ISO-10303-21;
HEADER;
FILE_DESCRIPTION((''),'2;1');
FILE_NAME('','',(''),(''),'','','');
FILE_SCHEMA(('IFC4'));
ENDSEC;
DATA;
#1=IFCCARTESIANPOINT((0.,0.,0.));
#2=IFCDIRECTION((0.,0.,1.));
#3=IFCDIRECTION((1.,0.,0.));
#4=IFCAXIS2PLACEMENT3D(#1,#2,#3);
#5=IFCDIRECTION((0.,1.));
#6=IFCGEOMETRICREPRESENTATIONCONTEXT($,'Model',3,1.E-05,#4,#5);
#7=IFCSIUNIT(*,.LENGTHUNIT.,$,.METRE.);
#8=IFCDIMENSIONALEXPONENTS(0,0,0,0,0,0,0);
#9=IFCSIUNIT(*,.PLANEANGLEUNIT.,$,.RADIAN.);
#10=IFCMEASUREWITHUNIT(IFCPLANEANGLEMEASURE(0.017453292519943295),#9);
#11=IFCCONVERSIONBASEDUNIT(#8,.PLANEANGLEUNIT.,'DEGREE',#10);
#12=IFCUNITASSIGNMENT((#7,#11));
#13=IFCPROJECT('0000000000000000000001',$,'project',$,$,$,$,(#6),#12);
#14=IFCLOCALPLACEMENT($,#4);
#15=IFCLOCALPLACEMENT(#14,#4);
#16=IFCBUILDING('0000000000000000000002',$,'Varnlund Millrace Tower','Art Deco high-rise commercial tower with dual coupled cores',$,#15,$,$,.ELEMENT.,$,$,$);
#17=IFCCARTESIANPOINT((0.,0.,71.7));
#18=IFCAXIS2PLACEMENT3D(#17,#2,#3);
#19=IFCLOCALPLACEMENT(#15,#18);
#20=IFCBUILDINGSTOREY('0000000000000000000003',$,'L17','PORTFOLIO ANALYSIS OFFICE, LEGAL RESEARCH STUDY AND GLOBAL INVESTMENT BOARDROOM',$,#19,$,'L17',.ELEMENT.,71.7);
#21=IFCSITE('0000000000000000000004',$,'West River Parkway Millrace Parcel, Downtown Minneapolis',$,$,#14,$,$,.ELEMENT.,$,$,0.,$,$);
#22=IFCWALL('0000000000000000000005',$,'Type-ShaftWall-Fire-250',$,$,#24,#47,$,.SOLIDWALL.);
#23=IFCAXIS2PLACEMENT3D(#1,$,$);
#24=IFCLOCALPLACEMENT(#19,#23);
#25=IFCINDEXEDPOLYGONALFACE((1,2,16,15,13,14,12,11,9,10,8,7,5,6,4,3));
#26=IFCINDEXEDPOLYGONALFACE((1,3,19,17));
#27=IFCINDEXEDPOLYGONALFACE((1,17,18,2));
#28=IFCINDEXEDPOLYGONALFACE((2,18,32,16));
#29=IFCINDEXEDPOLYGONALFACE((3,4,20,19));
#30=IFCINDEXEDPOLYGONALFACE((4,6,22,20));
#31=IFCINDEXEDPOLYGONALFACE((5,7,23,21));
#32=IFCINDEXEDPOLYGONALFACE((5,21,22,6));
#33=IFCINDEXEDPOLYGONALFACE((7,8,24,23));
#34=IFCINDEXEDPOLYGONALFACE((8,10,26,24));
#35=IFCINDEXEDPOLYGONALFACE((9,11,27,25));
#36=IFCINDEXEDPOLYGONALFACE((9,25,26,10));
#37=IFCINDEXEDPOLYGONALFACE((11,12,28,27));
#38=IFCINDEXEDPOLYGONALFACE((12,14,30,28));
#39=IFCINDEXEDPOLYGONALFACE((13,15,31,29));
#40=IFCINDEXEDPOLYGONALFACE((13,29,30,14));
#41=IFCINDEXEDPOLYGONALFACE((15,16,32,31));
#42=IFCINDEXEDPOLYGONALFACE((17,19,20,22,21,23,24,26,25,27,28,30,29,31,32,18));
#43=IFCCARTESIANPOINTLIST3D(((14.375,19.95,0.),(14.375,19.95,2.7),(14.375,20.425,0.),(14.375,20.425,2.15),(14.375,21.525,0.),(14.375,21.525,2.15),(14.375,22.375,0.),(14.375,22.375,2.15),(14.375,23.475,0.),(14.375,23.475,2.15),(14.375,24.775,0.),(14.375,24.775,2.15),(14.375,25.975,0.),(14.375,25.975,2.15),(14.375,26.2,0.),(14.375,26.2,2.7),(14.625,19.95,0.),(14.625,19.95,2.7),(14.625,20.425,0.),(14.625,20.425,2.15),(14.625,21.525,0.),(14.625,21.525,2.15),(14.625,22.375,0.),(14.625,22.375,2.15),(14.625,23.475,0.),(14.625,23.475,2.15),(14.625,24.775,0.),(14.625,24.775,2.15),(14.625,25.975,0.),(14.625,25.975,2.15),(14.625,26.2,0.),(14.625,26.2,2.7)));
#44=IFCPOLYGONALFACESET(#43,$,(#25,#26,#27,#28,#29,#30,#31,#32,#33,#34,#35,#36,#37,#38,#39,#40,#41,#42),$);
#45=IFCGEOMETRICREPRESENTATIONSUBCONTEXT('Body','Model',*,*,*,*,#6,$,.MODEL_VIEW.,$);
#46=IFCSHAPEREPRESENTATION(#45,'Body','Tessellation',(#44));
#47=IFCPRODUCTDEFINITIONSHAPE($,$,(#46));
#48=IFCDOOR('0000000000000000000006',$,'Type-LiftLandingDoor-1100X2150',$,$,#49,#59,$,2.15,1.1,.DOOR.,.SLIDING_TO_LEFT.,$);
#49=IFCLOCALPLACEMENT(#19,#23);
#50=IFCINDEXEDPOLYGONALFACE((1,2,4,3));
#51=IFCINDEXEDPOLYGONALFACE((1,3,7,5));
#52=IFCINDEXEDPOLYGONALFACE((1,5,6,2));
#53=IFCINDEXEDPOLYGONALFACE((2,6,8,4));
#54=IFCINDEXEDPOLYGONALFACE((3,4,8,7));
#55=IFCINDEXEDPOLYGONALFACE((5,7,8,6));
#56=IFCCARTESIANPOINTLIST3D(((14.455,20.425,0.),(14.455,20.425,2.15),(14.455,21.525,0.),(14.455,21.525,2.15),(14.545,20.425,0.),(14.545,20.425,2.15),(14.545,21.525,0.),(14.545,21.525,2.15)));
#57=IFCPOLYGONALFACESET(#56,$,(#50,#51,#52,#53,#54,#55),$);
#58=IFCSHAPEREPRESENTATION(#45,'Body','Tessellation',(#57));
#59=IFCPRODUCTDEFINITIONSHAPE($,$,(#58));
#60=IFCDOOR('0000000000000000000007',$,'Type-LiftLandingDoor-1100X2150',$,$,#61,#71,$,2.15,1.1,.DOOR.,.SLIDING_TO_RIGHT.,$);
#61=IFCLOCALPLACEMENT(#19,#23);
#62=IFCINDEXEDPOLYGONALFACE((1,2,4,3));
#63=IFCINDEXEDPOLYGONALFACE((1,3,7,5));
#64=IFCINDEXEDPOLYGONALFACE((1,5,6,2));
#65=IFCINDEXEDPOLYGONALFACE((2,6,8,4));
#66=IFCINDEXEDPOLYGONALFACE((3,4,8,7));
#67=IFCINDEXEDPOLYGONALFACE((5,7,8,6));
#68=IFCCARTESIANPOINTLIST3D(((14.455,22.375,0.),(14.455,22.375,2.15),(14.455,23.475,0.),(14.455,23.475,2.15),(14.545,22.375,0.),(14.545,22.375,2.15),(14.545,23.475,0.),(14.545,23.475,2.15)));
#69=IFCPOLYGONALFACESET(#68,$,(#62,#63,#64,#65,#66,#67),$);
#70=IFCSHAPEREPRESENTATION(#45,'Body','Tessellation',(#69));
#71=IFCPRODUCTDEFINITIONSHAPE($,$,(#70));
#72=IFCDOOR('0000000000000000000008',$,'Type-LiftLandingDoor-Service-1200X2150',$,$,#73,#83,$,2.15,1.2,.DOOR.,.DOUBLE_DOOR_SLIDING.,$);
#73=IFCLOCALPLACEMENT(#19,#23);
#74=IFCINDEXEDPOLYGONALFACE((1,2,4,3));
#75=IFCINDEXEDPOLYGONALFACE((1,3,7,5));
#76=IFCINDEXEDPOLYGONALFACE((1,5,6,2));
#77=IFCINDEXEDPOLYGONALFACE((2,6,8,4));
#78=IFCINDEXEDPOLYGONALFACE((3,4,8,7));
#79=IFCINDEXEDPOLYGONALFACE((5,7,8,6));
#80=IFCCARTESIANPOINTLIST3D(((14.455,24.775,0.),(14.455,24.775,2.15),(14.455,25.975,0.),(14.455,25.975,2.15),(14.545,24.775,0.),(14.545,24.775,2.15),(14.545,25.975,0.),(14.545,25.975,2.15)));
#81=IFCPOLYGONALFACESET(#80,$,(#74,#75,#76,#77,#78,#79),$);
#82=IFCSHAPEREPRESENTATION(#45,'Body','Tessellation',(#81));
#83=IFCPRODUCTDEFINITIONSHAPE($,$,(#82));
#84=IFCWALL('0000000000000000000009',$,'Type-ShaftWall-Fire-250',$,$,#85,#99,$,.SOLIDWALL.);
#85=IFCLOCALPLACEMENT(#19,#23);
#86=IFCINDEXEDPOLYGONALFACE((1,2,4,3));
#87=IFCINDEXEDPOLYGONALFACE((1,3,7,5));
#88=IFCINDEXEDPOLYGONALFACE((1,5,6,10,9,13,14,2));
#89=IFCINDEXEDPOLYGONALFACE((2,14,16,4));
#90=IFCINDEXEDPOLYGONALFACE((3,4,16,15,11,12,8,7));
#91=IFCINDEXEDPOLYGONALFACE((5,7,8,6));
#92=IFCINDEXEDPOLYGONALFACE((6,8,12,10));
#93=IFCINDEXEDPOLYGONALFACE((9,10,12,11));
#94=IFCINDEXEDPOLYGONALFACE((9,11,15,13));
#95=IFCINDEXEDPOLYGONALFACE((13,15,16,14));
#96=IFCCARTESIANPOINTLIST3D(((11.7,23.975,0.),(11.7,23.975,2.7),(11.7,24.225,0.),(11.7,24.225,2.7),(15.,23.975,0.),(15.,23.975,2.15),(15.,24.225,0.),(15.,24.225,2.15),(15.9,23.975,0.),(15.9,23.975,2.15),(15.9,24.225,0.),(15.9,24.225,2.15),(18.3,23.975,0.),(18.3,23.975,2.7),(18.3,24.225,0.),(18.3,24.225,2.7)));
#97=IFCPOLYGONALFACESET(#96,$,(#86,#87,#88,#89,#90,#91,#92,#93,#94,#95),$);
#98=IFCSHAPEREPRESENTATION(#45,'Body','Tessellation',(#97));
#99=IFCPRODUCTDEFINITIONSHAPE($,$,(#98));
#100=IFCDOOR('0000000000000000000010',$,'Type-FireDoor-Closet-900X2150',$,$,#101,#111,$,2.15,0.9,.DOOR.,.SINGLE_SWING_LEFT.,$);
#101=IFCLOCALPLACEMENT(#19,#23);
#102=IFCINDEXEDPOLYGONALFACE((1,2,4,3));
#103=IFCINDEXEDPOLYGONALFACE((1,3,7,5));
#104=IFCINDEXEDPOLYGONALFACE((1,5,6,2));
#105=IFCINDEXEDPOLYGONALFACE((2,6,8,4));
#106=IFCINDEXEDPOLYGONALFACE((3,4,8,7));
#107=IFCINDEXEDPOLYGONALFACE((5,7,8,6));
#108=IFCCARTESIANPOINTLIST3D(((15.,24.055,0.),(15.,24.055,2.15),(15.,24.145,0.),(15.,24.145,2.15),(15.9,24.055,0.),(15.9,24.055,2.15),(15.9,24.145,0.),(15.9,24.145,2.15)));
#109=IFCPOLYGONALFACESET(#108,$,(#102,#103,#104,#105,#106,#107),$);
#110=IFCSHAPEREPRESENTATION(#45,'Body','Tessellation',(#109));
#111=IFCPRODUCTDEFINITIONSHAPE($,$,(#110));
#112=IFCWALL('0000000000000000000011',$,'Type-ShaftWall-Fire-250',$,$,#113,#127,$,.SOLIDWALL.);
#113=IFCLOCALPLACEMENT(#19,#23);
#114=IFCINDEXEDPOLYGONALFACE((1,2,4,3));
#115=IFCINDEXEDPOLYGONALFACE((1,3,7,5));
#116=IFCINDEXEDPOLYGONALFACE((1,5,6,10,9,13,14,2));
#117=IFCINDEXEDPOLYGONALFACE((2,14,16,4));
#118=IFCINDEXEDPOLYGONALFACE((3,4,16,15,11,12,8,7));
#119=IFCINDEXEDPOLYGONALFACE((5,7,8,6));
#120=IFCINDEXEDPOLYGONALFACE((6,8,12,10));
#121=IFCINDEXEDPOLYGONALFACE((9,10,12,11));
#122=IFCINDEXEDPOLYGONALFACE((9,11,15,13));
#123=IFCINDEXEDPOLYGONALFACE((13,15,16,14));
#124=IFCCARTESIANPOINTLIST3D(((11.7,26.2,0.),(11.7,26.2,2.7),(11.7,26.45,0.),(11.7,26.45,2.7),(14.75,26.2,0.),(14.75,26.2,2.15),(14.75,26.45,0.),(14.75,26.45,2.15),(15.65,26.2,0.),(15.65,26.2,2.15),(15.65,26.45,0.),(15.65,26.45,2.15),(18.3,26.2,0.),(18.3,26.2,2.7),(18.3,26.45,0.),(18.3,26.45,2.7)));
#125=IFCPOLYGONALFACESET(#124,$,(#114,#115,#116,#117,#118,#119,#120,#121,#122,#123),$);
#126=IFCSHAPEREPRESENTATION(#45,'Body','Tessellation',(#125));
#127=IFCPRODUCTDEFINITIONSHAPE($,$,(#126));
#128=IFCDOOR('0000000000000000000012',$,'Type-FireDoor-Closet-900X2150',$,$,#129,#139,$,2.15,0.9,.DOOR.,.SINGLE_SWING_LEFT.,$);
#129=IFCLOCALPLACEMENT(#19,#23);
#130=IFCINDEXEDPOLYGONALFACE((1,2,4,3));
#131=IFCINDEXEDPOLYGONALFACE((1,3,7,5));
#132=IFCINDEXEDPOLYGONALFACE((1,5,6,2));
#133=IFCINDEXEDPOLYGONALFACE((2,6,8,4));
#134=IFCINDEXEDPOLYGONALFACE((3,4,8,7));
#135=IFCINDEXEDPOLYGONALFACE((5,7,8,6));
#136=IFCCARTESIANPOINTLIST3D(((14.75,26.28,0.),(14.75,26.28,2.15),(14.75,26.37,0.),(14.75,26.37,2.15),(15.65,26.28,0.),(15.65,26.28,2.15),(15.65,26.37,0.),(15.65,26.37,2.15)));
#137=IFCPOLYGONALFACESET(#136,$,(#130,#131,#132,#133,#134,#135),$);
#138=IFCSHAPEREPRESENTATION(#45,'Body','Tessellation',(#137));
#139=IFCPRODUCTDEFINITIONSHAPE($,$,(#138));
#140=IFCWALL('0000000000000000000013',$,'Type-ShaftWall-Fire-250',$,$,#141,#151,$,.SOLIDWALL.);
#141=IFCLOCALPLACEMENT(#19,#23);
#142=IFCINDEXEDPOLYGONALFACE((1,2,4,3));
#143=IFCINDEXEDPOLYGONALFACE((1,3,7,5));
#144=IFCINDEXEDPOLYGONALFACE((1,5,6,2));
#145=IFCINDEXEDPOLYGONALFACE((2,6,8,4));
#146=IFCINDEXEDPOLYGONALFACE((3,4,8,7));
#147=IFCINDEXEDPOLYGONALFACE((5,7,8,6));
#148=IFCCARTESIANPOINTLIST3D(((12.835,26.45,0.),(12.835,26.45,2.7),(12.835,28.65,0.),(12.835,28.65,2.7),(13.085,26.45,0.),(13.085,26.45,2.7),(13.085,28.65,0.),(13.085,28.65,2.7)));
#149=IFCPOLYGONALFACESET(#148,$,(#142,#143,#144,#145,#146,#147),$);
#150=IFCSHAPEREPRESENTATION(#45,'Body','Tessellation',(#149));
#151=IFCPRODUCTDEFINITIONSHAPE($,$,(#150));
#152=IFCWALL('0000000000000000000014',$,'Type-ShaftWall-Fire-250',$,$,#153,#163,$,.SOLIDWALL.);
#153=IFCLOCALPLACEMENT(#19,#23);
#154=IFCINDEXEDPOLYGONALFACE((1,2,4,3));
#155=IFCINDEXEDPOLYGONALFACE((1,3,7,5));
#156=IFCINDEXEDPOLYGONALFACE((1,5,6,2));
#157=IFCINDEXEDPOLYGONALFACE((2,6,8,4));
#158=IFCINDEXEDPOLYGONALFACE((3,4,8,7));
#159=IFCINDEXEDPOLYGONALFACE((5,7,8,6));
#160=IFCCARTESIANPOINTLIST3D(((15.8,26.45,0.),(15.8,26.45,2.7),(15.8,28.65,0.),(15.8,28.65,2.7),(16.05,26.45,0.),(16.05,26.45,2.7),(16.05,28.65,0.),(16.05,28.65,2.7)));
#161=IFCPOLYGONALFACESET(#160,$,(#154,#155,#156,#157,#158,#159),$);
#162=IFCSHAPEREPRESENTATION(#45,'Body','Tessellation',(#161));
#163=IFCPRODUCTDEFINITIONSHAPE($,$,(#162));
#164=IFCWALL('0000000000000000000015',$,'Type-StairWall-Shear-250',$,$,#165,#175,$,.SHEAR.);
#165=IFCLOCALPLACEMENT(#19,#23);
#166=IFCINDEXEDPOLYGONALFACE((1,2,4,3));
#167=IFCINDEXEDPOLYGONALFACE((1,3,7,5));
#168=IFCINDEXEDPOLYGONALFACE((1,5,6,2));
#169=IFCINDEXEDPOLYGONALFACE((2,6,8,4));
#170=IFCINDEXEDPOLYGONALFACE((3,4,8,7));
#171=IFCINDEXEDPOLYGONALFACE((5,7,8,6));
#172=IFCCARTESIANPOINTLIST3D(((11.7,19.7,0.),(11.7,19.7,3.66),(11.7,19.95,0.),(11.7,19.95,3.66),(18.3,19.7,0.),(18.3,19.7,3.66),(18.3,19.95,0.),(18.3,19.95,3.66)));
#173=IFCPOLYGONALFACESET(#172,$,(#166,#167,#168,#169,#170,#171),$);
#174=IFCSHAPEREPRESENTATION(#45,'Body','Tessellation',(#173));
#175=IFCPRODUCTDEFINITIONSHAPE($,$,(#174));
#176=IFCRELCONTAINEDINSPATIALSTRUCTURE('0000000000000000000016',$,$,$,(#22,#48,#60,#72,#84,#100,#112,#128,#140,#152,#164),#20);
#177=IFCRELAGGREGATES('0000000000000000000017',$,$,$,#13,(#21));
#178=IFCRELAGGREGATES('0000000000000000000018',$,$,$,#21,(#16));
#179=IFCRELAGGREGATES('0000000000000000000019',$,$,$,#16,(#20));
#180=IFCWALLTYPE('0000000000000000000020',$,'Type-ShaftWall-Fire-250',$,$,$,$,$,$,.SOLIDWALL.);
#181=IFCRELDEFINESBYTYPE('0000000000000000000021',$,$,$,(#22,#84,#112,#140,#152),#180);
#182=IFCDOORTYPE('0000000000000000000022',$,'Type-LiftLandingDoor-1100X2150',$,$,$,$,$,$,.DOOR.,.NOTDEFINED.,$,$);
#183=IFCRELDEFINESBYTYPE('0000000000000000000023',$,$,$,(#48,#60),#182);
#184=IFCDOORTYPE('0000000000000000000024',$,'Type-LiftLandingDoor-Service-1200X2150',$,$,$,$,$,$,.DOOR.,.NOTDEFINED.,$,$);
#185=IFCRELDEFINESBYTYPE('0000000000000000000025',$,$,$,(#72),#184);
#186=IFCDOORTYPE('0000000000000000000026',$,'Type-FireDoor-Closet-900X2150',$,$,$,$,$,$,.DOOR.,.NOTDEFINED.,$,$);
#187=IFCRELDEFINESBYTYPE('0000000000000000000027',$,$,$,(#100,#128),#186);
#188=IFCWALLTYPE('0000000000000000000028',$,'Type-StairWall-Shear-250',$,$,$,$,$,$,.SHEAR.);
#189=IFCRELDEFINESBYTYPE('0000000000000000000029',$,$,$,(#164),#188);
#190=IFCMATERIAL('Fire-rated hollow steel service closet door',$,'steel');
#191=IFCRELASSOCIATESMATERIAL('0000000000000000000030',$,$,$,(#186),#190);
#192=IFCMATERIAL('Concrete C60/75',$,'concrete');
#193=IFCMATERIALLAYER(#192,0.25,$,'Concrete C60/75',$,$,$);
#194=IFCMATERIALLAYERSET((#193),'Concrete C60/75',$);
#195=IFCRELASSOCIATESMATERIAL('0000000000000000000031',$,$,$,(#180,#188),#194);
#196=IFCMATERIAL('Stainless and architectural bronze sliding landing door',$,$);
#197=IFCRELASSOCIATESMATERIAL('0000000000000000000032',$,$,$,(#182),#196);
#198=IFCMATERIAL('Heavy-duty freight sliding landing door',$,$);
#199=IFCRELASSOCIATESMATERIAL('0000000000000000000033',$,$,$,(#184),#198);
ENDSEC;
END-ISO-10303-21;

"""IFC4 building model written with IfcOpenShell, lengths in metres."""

from ifc_helpers import new_model, entity, si_unit, converted_unit, direction, frame, origin_with_axes, origin_2d_with_axis, place, context, subcontext, project, spatial, polyline, rectangle, outline, extrude, material, layer, layer_set, type_object, element, fill, save


model = new_model("IFC4")

# Units and contexts
model_context = context("Model", 3, precision=1e-05, world=origin_with_axes(), true_north=direction((0.0, 1.0)))
body_context = subcontext(model_context, "Body", "Model", "MODEL_VIEW")
ifc_project = project(units=[si_unit("LENGTHUNIT", "METRE"), converted_unit("PLANEANGLEUNIT", "DEGREE", entity("IfcPlaneAngleMeasure", 0.017453292519943295), si_unit("PLANEANGLEUNIT", "RADIAN"), dimensions=[0, 0, 0, 0, 0, 0, 0])], contexts=[model_context])

# Site, building, storey
site_placement = place(None, origin_with_axes())
site = spatial("IfcSite", under=ifc_project, at=site_placement, Name="West River Parkway Millrace Parcel, Downtown Minneapolis", CompositionType="ELEMENT", RefElevation=0.0)
building_placement = place(site_placement, origin_with_axes())
building = spatial("IfcBuilding", under=site, at=building_placement, Name="Varnlund Millrace Tower", Description="Art Deco high-rise commercial tower with dual coupled cores", CompositionType="ELEMENT")
storey_placement = place(building_placement, frame((0.0, 0.0, 71.7), z_axis=(0.0, 0.0, 1.0), x_axis=(1.0, 0.0, 0.0)))
storey = spatial("IfcBuildingStorey", under=building, at=storey_placement, Name="L17", Description="PORTFOLIO ANALYSIS OFFICE, LEGAL RESEARCH STUDY AND GLOBAL INVESTMENT BOARDROOM", LongName="L17", CompositionType="ELEMENT", Elevation=71.7)

# Wall, openings, doors
ifc_material_1 = material(Name="Fire-rated hollow steel service closet door", Category="steel")
door_type_1 = type_object("IfcDoorType", Name="Type-FireDoor-Closet-900X2150", OperationType="NOTDEFINED", PredefinedType="DOOR", material=ifc_material_1)
ifc_material_2 = material(Name="Concrete C60/75", Category="concrete")
ifc_layer_1 = layer(ifc_material_2, 0.25, Name="Concrete C60/75")
ifc_layer_set_1 = layer_set([ifc_layer_1], Name="Concrete C60/75")
wall_type_1 = type_object("IfcWallType", Name="Type-ShaftWall-Fire-250", PredefinedType="SOLIDWALL", material=ifc_layer_set_1)
wall_1_placement = place(storey_placement, frame((14.5, 19.95, 0.0), z_axis=(0.0, 0.0, 1.0), x_axis=(0.0, 1.0, 0.0)))
wall_1 = element("IfcWall", 1, at=wall_1_placement, inside=storey, type_object=wall_type_1, Name="Type-ShaftWall-Fire-250", PredefinedType="SOLIDWALL", context=body_context, shape_type="SweptSolid", body=[
    extrude(outline(polyline([(0.0, -0.125), (6.25, -0.125), (6.25, 0.125), (0.0, 0.125), (0.0, -0.125)])), origin_with_axes(), (0.0, 0.0, 1.0), 2.7),
])
opening_1_placement = place(wall_1_placement, frame((1.025, 0.0, 0.0), z_axis=(0.0, 0.0, 1.0), x_axis=(1.0, 0.0, 0.0)))
opening_1 = element("IfcOpeningElement", 2, at=opening_1_placement, cuts=wall_1, PredefinedType="OPENING", context=body_context, shape_type="SweptSolid", body=[
    extrude(rectangle(XDim=1.1, YDim=0.27, at=origin_2d_with_axis()), origin_with_axes(), (0.0, 0.0, 1.0), 2.15),
])
opening_2_placement = place(wall_1_placement, frame((2.975, 0.0, 0.0), z_axis=(0.0, 0.0, 1.0), x_axis=(1.0, 0.0, 0.0)))
opening_2 = element("IfcOpeningElement", 3, at=opening_2_placement, cuts=wall_1, PredefinedType="OPENING", context=body_context, shape_type="SweptSolid", body=[
    extrude(rectangle(XDim=1.1, YDim=0.27, at=origin_2d_with_axis()), origin_with_axes(), (0.0, 0.0, 1.0), 2.15),
])
opening_3_placement = place(wall_1_placement, frame((5.425, 0.0, 0.0), z_axis=(0.0, 0.0, 1.0), x_axis=(1.0, 0.0, 0.0)))
opening_3 = element("IfcOpeningElement", 4, at=opening_3_placement, cuts=wall_1, PredefinedType="OPENING", context=body_context, shape_type="SweptSolid", body=[
    extrude(rectangle(XDim=1.2, YDim=0.27, at=origin_2d_with_axis()), origin_with_axes(), (0.0, 0.0, 1.0), 2.15),
])
ifc_material_3 = material(Name="Stainless and architectural bronze sliding landing door")
door_type_2 = type_object("IfcDoorType", Name="Type-LiftLandingDoor-1100X2150", OperationType="NOTDEFINED", PredefinedType="DOOR", material=ifc_material_3)
door_1_placement = place(wall_1_placement, frame((1.025, 0.0, 0.0), z_axis=(0.0, 0.0, 1.0), x_axis=(1.0, 0.0, 0.0)))
door_1 = element("IfcDoor", 5, at=door_1_placement, inside=storey, type_object=door_type_2, Name="Type-LiftLandingDoor-1100X2150", OperationType="SLIDING_TO_LEFT", OverallHeight=2.15, OverallWidth=1.1, PredefinedType="DOOR", context=body_context, shape_type="SweptSolid", body=[
    extrude(rectangle(XDim=1.1, YDim=0.09, at=origin_2d_with_axis()), origin_with_axes(), (0.0, 0.0, 1.0), 2.15),
])
fill(opening_1, door_1)
door_2_placement = place(wall_1_placement, frame((2.975, 0.0, 0.0), z_axis=(0.0, 0.0, 1.0), x_axis=(1.0, 0.0, 0.0)))
door_2 = element("IfcDoor", 6, at=door_2_placement, inside=storey, type_object=door_type_2, Name="Type-LiftLandingDoor-1100X2150", OperationType="SLIDING_TO_RIGHT", OverallHeight=2.15, OverallWidth=1.1, PredefinedType="DOOR", context=body_context, shape_type="SweptSolid", body=[
    extrude(rectangle(XDim=1.1, YDim=0.09, at=origin_2d_with_axis()), origin_with_axes(), (0.0, 0.0, 1.0), 2.15),
])
fill(opening_2, door_2)
ifc_material_4 = material(Name="Heavy-duty freight sliding landing door")
door_type_3 = type_object("IfcDoorType", Name="Type-LiftLandingDoor-Service-1200X2150", OperationType="NOTDEFINED", PredefinedType="DOOR", material=ifc_material_4)
door_3_placement = place(wall_1_placement, frame((5.425, 0.0, 0.0), z_axis=(0.0, 0.0, 1.0), x_axis=(1.0, 0.0, 0.0)))
door_3 = element("IfcDoor", 7, at=door_3_placement, inside=storey, type_object=door_type_3, Name="Type-LiftLandingDoor-Service-1200X2150", OperationType="DOUBLE_DOOR_SLIDING", OverallHeight=2.15, OverallWidth=1.2, PredefinedType="DOOR", context=body_context, shape_type="SweptSolid", body=[
    extrude(rectangle(XDim=1.2, YDim=0.09, at=origin_2d_with_axis()), origin_with_axes(), (0.0, 0.0, 1.0), 2.15),
])
fill(opening_3, door_3)

# Walls, openings, doors
wall_2_placement = place(storey_placement, frame((11.7, 24.1, 0.0), z_axis=(0.0, 0.0, 1.0), x_axis=(1.0, 0.0, 0.0)))
wall_2 = element("IfcWall", 8, at=wall_2_placement, inside=storey, type_object=wall_type_1, Name="Type-ShaftWall-Fire-250", PredefinedType="SOLIDWALL", context=body_context, shape_type="SweptSolid", body=[
    extrude(outline(polyline([(0.0, -0.125), (6.6, -0.125), (6.6, 0.125), (0.0, 0.125), (0.0, -0.125)])), origin_with_axes(), (0.0, 0.0, 1.0), 2.7),
])
opening_4_placement = place(wall_2_placement, frame((3.75, 0.0, 0.0), z_axis=(0.0, 0.0, 1.0), x_axis=(1.0, 0.0, 0.0)))
opening_4 = element("IfcOpeningElement", 9, at=opening_4_placement, cuts=wall_2, PredefinedType="OPENING", context=body_context, shape_type="SweptSolid", body=[
    extrude(rectangle(XDim=0.9, YDim=0.27, at=origin_2d_with_axis()), origin_with_axes(), (0.0, 0.0, 1.0), 2.15),
])
door_4_placement = place(wall_2_placement, frame((3.75, 0.0, 0.0), z_axis=(0.0, 0.0, 1.0), x_axis=(1.0, 0.0, 0.0)))
door_4 = element("IfcDoor", 10, at=door_4_placement, inside=storey, type_object=door_type_1, Name="Type-FireDoor-Closet-900X2150", OperationType="SINGLE_SWING_LEFT", OverallHeight=2.15, OverallWidth=0.9, PredefinedType="DOOR", context=body_context, shape_type="SweptSolid", body=[
    extrude(rectangle(XDim=0.9, YDim=0.09, at=origin_2d_with_axis()), origin_with_axes(), (0.0, 0.0, 1.0), 2.15),
])
fill(opening_4, door_4)
wall_3_placement = place(storey_placement, frame((11.7, 26.325, 0.0), z_axis=(0.0, 0.0, 1.0), x_axis=(1.0, 0.0, 0.0)))
wall_3 = element("IfcWall", 11, at=wall_3_placement, inside=storey, type_object=wall_type_1, Name="Type-ShaftWall-Fire-250", PredefinedType="SOLIDWALL", context=body_context, shape_type="SweptSolid", body=[
    extrude(outline(polyline([(0.0, -0.125), (6.6, -0.125), (6.6, 0.125), (0.0, 0.125), (0.0, -0.125)])), origin_with_axes(), (0.0, 0.0, 1.0), 2.7),
])
opening_5_placement = place(wall_3_placement, frame((3.5, 0.0, 0.0), z_axis=(0.0, 0.0, 1.0), x_axis=(1.0, 0.0, 0.0)))
opening_5 = element("IfcOpeningElement", 12, at=opening_5_placement, cuts=wall_3, PredefinedType="OPENING", context=body_context, shape_type="SweptSolid", body=[
    extrude(rectangle(XDim=0.9, YDim=0.27, at=origin_2d_with_axis()), origin_with_axes(), (0.0, 0.0, 1.0), 2.15),
])
door_5_placement = place(wall_3_placement, frame((3.5, 0.0, 0.0), z_axis=(0.0, 0.0, 1.0), x_axis=(1.0, 0.0, 0.0)))
door_5 = element("IfcDoor", 13, at=door_5_placement, inside=storey, type_object=door_type_1, Name="Type-FireDoor-Closet-900X2150", OperationType="SINGLE_SWING_LEFT", OverallHeight=2.15, OverallWidth=0.9, PredefinedType="DOOR", context=body_context, shape_type="SweptSolid", body=[
    extrude(rectangle(XDim=0.9, YDim=0.09, at=origin_2d_with_axis()), origin_with_axes(), (0.0, 0.0, 1.0), 2.15),
])
fill(opening_5, door_5)

# Walls
for number, where, z_axis, x_axis, name in (
    (14, (12.96, 26.45, 0.0), (0.0, 0.0, 1.0), (0.0, 1.0, 0.0), "Type-ShaftWall-Fire-250"),
    (15, (15.925, 26.45, 0.0), (0.0, 0.0, 1.0), (0.0, 1.0, 0.0), "Type-ShaftWall-Fire-250"),
):
    element("IfcWall", number, at=place(storey_placement, frame(where, z_axis=z_axis, x_axis=x_axis)), inside=storey, type_object=wall_type_1, Name=name, PredefinedType="SOLIDWALL", context=body_context, shape_type="SweptSolid", body=[
        extrude(outline(polyline([(0.0, -0.125), (2.2, -0.125), (2.2, 0.125), (0.0, 0.125), (0.0, -0.125)])), origin_with_axes(), (0.0, 0.0, 1.0), 2.7),
    ])
wall_type_2 = type_object("IfcWallType", Name="Type-StairWall-Shear-250", PredefinedType="SHEAR", material=ifc_layer_set_1)
wall_4_placement = place(storey_placement, frame((11.7, 19.825, 0.0), z_axis=(0.0, 0.0, 1.0), x_axis=(1.0, 0.0, 0.0)))
element("IfcWall", 16, at=wall_4_placement, inside=storey, type_object=wall_type_2, Name="Type-StairWall-Shear-250", PredefinedType="SHEAR", context=body_context, shape_type="SweptSolid", body=[
    extrude(outline(polyline([(0.0, -0.125), (6.6, -0.125), (6.6, 0.125), (0.0, 0.125), (0.0, -0.125)])), origin_with_axes(), (0.0, 0.0, 1.0), 3.66),
])

save(model, "model.ifc")
